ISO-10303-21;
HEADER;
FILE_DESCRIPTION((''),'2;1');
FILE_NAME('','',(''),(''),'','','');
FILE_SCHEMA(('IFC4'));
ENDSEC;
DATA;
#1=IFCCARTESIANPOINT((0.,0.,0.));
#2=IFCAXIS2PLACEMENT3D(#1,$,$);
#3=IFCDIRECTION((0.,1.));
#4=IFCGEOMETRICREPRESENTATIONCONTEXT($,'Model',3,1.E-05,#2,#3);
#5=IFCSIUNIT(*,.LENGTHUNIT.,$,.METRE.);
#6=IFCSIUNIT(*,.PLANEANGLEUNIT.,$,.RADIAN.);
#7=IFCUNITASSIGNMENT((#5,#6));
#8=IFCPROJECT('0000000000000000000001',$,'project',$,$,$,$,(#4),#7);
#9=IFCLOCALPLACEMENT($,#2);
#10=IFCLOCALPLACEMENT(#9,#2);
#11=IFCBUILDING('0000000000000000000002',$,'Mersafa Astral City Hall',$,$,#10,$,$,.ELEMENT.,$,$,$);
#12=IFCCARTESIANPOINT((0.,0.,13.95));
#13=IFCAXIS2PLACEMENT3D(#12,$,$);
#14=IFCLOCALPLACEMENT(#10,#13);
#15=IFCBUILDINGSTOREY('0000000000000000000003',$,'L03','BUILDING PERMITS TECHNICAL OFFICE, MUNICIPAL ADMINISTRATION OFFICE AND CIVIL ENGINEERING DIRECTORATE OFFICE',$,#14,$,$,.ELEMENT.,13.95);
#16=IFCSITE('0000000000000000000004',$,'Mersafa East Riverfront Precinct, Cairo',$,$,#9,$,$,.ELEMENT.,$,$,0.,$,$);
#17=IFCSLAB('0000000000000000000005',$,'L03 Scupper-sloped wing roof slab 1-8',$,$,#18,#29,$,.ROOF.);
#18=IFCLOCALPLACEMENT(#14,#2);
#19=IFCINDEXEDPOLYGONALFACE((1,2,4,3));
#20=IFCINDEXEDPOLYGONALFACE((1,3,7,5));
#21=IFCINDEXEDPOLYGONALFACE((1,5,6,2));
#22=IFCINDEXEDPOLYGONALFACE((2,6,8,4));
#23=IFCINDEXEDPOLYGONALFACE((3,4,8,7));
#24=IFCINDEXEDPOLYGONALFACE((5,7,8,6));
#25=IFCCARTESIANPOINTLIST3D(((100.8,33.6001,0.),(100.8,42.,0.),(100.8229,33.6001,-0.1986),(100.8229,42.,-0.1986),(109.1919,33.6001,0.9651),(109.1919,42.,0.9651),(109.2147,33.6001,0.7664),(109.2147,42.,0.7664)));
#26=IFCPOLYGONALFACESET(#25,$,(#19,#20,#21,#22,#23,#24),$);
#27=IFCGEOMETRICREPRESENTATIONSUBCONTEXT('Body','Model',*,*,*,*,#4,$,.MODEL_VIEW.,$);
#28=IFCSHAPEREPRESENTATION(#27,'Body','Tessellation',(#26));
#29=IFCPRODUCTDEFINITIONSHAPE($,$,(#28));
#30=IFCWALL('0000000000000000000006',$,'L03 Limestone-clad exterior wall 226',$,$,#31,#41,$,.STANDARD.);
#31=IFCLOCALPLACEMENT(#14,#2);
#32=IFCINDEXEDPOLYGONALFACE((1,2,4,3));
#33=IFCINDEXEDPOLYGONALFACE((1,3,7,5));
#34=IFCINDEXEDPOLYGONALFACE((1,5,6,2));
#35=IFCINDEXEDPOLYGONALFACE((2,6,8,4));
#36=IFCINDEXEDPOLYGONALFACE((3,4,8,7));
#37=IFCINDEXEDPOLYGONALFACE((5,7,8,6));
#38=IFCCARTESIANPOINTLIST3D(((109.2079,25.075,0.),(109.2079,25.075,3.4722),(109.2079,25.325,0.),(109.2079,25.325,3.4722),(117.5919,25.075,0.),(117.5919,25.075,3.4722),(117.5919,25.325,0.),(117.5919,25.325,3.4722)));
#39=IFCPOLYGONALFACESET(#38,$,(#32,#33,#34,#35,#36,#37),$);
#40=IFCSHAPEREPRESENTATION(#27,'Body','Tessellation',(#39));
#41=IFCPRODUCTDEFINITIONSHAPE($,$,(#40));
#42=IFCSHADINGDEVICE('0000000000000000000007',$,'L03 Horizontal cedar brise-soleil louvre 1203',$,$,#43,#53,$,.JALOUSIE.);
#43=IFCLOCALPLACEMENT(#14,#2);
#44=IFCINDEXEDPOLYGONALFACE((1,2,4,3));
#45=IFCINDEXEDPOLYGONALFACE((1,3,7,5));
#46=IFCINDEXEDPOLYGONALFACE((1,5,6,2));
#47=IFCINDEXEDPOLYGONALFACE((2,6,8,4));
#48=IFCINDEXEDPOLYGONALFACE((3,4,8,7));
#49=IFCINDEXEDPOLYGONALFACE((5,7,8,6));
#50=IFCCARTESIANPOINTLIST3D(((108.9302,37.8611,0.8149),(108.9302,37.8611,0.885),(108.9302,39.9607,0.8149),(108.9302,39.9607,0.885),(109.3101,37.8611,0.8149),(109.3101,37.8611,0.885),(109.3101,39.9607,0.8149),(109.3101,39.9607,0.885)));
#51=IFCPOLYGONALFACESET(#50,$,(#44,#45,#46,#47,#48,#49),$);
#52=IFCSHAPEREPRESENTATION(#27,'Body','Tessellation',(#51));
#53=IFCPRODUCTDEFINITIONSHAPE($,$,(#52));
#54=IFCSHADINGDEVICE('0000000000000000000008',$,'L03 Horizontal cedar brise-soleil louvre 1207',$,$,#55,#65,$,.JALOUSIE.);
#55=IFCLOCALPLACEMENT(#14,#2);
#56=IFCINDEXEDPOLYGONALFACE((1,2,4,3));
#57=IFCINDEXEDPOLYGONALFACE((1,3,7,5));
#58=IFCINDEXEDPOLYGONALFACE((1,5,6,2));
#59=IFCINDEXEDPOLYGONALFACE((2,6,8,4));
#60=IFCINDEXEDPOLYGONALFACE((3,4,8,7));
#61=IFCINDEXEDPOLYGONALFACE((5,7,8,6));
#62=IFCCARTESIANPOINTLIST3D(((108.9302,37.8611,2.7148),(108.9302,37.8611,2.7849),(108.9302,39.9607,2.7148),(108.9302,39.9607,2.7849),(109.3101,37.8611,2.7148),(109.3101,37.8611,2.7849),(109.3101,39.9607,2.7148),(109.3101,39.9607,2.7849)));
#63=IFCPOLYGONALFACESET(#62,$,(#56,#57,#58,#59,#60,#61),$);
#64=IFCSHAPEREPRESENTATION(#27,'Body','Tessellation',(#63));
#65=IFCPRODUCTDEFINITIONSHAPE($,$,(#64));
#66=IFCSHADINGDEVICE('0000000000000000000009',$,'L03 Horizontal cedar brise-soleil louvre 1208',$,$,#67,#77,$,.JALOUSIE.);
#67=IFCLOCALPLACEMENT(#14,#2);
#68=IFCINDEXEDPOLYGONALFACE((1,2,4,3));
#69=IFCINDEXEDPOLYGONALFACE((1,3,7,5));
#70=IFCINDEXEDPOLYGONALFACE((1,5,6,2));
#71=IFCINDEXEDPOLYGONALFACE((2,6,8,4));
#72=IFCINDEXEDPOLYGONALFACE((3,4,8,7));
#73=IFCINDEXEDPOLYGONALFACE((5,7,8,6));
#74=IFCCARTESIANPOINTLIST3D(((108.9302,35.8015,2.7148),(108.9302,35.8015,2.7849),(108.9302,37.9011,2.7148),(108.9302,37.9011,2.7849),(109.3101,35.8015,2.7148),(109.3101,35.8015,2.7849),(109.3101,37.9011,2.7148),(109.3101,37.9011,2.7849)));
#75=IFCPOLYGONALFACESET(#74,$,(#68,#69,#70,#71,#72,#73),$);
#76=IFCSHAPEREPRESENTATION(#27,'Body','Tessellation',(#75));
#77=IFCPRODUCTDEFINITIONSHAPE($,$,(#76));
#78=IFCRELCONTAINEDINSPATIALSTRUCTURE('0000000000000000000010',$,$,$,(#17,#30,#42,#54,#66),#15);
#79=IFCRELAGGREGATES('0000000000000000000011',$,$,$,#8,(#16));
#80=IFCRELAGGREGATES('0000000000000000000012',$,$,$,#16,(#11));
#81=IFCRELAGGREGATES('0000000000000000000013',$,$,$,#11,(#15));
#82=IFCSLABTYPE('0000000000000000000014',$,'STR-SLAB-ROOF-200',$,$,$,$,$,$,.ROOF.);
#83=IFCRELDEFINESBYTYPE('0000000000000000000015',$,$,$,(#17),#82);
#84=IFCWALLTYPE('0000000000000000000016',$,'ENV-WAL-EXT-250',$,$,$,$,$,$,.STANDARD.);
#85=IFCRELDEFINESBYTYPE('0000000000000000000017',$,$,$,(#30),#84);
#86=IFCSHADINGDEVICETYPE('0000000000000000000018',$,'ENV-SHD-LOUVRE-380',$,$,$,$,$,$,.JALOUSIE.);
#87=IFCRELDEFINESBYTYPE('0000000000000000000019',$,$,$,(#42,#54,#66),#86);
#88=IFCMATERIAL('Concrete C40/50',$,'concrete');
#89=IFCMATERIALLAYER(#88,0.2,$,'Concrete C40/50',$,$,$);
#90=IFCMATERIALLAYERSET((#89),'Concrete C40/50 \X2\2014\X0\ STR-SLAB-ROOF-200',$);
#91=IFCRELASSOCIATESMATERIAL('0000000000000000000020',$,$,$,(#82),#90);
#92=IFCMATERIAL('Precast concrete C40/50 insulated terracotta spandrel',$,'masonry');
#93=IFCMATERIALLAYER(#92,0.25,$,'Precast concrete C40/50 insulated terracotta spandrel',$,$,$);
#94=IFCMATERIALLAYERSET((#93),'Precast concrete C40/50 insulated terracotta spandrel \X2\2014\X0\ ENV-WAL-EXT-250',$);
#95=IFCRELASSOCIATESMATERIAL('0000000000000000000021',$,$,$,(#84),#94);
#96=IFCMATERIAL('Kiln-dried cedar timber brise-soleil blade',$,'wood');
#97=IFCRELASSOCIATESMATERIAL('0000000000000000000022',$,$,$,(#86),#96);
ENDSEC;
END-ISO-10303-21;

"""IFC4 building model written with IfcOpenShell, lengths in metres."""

from ifc_helpers import new_model, si_unit, direction, frame, frame_2d, origin, origin_2d, place, context, subcontext, project, spatial, polyline, rectangle, outline, extrude, material, layer, layer_set, type_object, element, save


model = new_model("IFC4")

# Units and contexts
model_context = context("Model", 3, precision=1e-05, world=origin(), true_north=direction((0.0, 1.0)))
body_context = subcontext(model_context, "Body", "Model", "MODEL_VIEW")
ifc_project = project(units=[si_unit("LENGTHUNIT", "METRE"), si_unit("PLANEANGLEUNIT", "RADIAN")], contexts=[model_context])

# Site, building, storey
site_placement = place(None, origin())
site = spatial("IfcSite", under=ifc_project, at=site_placement, Name="Mersafa East Riverfront Precinct, Cairo", CompositionType="ELEMENT", RefElevation=0.0)
building_placement = place(site_placement, origin())
building = spatial("IfcBuilding", under=site, at=building_placement, Name="Mersafa Astral City Hall", CompositionType="ELEMENT")
storey_placement = place(building_placement, frame((0.0, 0.0, 13.95)))
storey = spatial("IfcBuildingStorey", under=building, at=storey_placement, Name="L03", Description="BUILDING PERMITS TECHNICAL OFFICE, MUNICIPAL ADMINISTRATION OFFICE AND CIVIL ENGINEERING DIRECTORATE OFFICE", CompositionType="ELEMENT", Elevation=13.95)

# Slab
ifc_material_1 = material(Name="Concrete C40/50", Category="concrete")
ifc_layer_1 = layer(ifc_material_1, 0.2, Name="Concrete C40/50")
ifc_layer_set_1 = layer_set([ifc_layer_1], Name="Concrete C40/50 — STR-SLAB-ROOF-200")
slab_type = type_object("IfcSlabType", Name="STR-SLAB-ROOF-200", PredefinedType="ROOF", material=ifc_layer_set_1)
slab_1_placement = place(storey_placement, frame((109.1919, 33.6001, 0.9651), z_axis=(-0.11425, 0.0, 0.993452), x_axis=(0.0, 1.0, 0.0)))
element("IfcSlab", 1, at=slab_1_placement, inside=storey, type_object=slab_type, Name="L03 Scupper-sloped wing roof slab 1-8", PredefinedType="ROOF", context=body_context, shape_type="SweptSolid", body=[
    extrude(outline(polyline([(0.0, 0.0), (8.3999, 0.0), (8.3999, 8.4472), (0.0, 8.4472), (0.0, 0.0)])), origin(), (0.0, 0.0, -1.0), 0.2),
])

# Wall
ifc_material_2 = material(Name="Precast concrete C40/50 insulated terracotta spandrel", Category="masonry")
ifc_layer_2 = layer(ifc_material_2, 0.25, Name="Precast concrete C40/50 insulated terracotta spandrel")
ifc_layer_set_2 = layer_set([ifc_layer_2], Name="Precast concrete C40/50 insulated terracotta spandrel — ENV-WAL-EXT-250")
wall_type = type_object("IfcWallType", Name="ENV-WAL-EXT-250", PredefinedType="STANDARD", material=ifc_layer_set_2)
wall_placement = place(storey_placement, frame((109.208, 25.2, 0.0), z_axis=(0.0, 0.0, 1.0), x_axis=(1.0, 0.0, 0.0)))
element("IfcWall", 2, at=wall_placement, inside=storey, type_object=wall_type, Name="L03 Limestone-clad exterior wall 226", PredefinedType="STANDARD", context=body_context, shape_type="SweptSolid", body=[
    extrude(rectangle(XDim=8.384, YDim=0.25, at=frame_2d((4.1919, 0.0))), origin(), (0.0, 0.0, 1.0), 3.4722),
])

# Shading devices
ifc_material_3 = material(Name="Kiln-dried cedar timber brise-soleil blade", Category="wood")
shading_device_type = type_object("IfcShadingDeviceType", Name="ENV-SHD-LOUVRE-380", PredefinedType="JALOUSIE", material=ifc_material_3)
for number, where, z_axis, x_axis, name in (
    (3, (109.1201, 38.9109, 0.8149), (0.0, 0.0, 1.0), (0.0, -1.0, 0.0), "L03 Horizontal cedar brise-soleil louvre 1203"),
    (4, (109.1201, 38.9109, 2.7148), (0.0, 0.0, 1.0), (0.0, -1.0, 0.0), "L03 Horizontal cedar brise-soleil louvre 1207"),
    (5, (109.1201, 36.8513, 2.7148), (0.0, 0.0, 1.0), (0.0, -1.0, 0.0), "L03 Horizontal cedar brise-soleil louvre 1208"),
):
    element("IfcShadingDevice", number, at=place(storey_placement, frame(where, z_axis=z_axis, x_axis=x_axis)), inside=storey, type_object=shading_device_type, Name=name, PredefinedType="JALOUSIE", context=body_context, shape_type="SweptSolid", body=[
        extrude(rectangle(XDim=2.0996, YDim=0.3799, at=origin_2d()), origin(), (0.0, 0.0, 1.0), 0.0701),
    ])

save(model, "model.ifc")
